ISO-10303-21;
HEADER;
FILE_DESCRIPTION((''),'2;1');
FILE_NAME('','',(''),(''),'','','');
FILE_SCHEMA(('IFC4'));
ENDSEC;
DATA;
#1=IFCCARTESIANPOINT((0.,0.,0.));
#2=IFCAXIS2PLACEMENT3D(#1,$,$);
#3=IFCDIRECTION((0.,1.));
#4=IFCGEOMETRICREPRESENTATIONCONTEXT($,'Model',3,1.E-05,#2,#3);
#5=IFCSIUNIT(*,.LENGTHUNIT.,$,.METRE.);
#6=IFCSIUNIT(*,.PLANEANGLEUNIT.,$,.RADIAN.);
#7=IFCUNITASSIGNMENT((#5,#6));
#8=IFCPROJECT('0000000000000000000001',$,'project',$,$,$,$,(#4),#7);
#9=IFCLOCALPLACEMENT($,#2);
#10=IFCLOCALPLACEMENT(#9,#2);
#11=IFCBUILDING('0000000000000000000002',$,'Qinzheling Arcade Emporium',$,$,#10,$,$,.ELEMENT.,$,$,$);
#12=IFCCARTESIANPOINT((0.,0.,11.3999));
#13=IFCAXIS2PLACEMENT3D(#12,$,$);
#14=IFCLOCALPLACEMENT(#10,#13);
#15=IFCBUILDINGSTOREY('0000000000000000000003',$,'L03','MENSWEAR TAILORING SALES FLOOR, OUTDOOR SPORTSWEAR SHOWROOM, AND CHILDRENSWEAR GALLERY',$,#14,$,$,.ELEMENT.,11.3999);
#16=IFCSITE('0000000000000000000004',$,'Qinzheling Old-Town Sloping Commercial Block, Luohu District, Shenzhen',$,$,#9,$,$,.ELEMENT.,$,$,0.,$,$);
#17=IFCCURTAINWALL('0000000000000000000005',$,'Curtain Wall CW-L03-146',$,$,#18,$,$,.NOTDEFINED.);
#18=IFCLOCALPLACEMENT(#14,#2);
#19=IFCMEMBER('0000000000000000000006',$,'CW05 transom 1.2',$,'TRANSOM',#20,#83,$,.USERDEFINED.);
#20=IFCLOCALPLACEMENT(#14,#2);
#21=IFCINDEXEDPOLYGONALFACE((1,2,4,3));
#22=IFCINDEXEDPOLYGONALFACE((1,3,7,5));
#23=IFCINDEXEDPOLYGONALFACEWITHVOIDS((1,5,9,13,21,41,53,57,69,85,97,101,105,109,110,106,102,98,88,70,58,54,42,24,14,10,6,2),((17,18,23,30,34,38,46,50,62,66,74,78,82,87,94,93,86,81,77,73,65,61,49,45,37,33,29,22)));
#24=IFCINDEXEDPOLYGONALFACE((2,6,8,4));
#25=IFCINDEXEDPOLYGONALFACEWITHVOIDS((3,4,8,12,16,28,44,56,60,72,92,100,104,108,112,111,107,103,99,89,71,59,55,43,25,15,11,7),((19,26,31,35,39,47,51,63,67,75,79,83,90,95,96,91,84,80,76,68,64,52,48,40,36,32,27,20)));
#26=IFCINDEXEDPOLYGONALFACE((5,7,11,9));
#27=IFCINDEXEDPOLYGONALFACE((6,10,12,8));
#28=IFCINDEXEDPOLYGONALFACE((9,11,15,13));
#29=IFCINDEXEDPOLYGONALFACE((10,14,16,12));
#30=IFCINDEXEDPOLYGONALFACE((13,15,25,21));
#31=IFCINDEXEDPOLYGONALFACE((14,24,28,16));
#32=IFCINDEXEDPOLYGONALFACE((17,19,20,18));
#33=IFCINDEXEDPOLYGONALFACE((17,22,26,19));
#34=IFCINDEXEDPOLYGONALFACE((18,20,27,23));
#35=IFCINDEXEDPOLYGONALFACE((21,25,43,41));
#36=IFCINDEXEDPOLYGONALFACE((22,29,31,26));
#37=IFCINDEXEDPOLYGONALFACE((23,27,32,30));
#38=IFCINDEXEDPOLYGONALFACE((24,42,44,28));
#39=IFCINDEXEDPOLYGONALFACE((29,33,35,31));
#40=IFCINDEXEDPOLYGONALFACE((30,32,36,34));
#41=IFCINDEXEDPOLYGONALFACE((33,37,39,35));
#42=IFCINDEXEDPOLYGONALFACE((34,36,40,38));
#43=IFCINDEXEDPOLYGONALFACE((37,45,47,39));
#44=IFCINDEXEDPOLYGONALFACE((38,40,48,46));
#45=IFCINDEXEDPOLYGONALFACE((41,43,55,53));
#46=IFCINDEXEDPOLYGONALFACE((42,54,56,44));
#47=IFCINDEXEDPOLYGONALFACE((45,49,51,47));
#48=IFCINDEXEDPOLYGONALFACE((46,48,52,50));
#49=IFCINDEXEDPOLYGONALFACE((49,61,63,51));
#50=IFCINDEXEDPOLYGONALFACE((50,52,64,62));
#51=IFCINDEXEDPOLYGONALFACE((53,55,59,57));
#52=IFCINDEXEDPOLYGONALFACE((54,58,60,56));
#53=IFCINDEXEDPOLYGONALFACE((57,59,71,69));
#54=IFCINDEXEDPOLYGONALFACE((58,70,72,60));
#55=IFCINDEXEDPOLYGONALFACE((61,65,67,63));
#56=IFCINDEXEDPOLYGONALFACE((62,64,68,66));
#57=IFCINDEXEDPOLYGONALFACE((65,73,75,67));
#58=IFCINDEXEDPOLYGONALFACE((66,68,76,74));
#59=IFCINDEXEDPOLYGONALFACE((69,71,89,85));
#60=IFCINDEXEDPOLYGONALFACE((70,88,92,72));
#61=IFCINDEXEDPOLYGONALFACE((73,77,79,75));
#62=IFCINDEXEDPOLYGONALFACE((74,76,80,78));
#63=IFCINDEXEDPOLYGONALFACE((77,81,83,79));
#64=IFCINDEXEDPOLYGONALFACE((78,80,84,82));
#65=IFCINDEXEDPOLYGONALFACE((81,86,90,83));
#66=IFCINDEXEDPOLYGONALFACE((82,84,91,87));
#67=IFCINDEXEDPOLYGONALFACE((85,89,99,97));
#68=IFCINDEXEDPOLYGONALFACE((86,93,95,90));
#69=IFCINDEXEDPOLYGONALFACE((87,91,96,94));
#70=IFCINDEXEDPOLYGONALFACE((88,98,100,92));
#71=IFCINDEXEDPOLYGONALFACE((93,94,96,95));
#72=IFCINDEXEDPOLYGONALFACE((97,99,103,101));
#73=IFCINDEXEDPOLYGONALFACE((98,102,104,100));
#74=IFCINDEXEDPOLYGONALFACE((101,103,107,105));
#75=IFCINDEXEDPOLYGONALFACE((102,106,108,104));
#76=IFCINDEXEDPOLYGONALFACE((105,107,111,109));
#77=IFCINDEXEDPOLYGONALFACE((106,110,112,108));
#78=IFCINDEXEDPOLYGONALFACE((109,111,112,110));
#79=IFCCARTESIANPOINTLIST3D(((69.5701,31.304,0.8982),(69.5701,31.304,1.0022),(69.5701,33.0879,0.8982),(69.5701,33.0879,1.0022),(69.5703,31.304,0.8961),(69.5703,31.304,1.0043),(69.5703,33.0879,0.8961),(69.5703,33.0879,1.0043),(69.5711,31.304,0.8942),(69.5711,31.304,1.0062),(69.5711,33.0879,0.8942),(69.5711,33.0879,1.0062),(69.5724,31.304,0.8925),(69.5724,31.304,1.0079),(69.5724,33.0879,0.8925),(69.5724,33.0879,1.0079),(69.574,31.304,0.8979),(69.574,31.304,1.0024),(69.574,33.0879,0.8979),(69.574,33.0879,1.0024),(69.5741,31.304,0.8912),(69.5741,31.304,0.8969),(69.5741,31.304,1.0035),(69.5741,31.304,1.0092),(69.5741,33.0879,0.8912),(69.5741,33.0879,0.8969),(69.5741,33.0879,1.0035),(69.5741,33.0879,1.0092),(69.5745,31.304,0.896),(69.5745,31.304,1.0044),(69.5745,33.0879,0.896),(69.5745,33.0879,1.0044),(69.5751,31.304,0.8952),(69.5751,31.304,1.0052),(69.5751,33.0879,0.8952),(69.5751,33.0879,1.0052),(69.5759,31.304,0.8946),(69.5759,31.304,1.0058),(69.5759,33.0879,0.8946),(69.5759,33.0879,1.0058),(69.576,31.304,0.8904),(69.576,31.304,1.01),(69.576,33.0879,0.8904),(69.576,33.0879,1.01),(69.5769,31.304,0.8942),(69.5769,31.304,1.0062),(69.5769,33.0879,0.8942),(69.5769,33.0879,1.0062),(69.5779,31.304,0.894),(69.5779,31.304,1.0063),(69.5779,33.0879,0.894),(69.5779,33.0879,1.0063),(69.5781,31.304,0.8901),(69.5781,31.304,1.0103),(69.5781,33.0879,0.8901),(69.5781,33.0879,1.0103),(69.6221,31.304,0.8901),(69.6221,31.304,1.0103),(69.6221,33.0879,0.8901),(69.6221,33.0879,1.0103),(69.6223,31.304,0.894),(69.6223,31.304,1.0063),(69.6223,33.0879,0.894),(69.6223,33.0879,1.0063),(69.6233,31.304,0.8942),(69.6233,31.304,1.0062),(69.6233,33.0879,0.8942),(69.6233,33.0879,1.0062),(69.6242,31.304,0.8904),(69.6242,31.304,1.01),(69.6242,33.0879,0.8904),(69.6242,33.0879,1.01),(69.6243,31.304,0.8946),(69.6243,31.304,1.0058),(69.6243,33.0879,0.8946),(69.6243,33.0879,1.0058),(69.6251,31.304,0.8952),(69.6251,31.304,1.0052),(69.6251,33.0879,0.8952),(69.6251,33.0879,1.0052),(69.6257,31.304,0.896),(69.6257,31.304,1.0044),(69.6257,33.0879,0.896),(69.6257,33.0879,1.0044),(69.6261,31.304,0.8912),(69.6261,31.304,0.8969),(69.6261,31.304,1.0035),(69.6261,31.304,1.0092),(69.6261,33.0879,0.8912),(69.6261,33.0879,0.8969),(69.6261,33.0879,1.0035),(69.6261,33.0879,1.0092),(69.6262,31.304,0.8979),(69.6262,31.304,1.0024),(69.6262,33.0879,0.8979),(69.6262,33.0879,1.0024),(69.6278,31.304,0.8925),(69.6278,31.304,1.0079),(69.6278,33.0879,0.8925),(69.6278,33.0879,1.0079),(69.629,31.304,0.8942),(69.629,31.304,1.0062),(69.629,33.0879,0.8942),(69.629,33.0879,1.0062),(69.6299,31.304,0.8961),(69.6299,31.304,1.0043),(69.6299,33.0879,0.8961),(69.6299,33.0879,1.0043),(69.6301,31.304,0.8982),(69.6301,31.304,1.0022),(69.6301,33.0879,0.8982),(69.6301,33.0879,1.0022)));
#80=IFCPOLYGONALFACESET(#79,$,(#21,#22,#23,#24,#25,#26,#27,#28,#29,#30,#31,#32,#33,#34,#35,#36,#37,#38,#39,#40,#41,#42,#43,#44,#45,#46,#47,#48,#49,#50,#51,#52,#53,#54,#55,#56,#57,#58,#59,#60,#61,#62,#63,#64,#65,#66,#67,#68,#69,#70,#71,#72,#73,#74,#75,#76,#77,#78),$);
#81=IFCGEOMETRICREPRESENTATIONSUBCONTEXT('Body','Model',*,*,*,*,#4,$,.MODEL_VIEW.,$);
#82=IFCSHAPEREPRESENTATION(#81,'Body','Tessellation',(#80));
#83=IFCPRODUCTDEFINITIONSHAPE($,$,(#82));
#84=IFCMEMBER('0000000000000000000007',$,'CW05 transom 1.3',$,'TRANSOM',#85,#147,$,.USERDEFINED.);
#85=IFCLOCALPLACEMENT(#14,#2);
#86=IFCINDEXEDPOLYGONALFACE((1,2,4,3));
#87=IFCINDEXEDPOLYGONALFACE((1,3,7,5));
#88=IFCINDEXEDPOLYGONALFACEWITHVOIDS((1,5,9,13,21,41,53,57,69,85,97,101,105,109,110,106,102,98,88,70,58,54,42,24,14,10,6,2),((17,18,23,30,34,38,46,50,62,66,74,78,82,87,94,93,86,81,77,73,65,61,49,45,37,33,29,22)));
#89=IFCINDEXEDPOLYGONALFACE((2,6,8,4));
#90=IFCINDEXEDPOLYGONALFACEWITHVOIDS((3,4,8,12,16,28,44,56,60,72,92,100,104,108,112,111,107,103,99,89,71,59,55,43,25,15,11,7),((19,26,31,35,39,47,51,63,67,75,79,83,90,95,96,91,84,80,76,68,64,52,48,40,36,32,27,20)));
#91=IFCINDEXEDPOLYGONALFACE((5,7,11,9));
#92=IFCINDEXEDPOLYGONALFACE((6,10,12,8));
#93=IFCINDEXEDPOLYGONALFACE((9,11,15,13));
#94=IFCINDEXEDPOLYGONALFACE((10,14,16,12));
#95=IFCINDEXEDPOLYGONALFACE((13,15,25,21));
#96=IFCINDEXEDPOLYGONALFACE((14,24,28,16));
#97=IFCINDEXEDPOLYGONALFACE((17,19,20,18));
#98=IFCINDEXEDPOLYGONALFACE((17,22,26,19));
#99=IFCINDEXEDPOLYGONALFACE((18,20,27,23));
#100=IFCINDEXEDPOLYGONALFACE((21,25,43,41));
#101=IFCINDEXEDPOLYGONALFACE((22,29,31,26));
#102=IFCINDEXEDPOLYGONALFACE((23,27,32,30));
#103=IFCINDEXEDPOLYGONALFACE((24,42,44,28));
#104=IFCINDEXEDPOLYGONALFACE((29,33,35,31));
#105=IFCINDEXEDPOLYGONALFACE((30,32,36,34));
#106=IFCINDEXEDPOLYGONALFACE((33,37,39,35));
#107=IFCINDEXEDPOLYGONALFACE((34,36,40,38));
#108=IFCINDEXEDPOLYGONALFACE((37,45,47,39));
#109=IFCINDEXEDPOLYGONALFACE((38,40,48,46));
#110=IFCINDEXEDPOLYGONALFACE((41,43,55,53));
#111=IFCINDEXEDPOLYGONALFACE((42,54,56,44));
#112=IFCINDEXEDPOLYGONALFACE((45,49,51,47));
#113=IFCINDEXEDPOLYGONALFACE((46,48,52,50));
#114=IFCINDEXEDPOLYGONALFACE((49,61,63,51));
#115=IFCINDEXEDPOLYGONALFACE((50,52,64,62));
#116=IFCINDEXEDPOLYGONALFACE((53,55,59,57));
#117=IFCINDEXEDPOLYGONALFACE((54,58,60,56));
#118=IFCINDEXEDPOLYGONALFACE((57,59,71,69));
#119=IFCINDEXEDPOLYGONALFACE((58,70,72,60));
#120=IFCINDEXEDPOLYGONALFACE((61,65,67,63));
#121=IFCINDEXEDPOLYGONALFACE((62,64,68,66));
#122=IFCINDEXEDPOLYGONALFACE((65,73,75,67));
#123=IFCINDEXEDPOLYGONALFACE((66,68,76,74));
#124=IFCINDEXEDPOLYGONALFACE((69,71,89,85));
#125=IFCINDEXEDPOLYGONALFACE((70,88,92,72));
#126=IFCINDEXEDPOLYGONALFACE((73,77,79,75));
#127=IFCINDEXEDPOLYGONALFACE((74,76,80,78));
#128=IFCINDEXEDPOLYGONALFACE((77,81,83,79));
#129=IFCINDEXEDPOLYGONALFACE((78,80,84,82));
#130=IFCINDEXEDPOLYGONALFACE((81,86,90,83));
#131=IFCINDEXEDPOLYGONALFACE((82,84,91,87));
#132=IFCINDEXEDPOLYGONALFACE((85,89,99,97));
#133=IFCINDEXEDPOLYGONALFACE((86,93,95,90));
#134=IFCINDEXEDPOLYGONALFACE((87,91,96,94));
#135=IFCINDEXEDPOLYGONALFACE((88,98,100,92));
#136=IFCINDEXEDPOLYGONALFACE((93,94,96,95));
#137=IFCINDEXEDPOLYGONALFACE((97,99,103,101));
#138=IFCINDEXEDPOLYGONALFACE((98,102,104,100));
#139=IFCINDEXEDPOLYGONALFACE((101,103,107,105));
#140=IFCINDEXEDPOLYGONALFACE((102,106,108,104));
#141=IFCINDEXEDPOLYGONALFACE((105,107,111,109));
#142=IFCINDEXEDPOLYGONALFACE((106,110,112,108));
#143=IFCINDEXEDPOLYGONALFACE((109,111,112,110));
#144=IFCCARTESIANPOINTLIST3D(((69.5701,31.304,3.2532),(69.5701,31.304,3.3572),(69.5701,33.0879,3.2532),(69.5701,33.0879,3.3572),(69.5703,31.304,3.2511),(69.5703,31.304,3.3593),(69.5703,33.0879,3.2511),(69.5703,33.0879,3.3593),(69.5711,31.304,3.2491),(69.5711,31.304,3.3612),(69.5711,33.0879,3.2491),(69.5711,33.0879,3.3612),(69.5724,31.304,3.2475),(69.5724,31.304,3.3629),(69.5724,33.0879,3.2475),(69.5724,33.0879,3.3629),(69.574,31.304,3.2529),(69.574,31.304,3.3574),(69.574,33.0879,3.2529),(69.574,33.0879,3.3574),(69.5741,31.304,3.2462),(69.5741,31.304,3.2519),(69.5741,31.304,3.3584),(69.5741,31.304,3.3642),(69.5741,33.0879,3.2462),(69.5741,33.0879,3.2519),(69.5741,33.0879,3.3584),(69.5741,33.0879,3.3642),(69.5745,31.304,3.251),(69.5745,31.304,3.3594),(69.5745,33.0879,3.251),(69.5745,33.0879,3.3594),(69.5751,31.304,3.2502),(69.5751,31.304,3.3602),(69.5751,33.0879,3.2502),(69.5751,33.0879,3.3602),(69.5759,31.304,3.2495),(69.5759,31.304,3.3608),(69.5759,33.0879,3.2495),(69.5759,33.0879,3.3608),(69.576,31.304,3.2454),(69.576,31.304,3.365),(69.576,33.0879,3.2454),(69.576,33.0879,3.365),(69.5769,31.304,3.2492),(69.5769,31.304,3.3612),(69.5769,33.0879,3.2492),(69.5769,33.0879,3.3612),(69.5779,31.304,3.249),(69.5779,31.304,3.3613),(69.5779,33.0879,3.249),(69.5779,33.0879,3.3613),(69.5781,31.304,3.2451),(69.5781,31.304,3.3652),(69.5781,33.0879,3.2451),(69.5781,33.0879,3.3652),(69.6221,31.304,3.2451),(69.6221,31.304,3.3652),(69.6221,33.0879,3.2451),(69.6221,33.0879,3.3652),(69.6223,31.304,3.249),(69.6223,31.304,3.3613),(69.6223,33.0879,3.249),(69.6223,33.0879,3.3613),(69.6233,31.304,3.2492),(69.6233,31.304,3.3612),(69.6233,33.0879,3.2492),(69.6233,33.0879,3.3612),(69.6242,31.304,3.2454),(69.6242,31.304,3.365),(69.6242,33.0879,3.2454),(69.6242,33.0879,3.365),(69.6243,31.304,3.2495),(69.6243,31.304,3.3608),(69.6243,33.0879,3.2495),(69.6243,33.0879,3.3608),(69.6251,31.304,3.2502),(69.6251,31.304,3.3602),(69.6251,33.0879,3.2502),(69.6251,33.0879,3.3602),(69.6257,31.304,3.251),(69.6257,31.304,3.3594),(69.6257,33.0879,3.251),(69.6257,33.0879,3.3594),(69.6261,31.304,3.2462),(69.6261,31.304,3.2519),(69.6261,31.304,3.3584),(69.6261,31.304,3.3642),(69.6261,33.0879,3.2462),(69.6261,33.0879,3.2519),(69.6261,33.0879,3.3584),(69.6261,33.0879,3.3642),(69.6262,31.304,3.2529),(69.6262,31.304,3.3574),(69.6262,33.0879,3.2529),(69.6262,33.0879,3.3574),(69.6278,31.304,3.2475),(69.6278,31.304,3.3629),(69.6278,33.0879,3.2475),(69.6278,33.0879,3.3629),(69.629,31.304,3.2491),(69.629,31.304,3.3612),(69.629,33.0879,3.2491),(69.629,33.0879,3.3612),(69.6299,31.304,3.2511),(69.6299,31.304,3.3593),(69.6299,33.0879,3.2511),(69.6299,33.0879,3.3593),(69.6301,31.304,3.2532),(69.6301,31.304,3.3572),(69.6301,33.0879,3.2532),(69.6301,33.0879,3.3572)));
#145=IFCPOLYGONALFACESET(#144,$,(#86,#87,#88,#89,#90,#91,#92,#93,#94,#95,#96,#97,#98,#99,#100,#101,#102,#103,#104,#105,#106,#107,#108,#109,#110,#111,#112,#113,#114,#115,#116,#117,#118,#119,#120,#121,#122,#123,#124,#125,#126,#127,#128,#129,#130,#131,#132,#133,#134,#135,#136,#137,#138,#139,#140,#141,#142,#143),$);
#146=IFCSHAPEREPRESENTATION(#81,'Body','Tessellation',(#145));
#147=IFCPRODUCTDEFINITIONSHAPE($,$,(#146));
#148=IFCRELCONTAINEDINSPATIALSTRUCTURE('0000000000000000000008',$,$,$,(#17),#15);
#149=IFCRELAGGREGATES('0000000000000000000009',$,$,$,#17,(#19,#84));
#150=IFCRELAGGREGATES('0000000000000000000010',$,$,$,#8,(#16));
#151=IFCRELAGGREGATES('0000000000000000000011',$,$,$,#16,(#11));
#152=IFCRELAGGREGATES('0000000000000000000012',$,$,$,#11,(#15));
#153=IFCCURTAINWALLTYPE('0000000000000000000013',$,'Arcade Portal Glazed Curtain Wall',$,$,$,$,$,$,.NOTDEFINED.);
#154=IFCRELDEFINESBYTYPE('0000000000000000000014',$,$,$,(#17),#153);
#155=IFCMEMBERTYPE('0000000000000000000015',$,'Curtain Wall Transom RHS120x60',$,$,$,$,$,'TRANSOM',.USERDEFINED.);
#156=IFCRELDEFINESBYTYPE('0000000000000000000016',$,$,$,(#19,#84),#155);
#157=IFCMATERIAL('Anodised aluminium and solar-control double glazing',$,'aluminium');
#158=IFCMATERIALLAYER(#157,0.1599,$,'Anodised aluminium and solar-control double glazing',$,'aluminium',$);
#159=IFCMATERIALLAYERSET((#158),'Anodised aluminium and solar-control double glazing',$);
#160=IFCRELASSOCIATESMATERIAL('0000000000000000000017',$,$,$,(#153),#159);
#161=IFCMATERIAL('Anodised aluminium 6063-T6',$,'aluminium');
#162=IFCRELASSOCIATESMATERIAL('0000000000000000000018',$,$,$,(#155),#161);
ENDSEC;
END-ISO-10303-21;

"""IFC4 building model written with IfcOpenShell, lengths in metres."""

from ifc_helpers import new_model, si_unit, direction, frame, origin, origin_2d, place, context, subcontext, project, spatial, hollow_rectangle, extrude, material, layer, layer_set, material_profile, profile_set, type_object, element, aggregate, save


model = new_model("IFC4")

# Units and contexts
model_context = context("Model", 3, precision=1e-05, world=origin(), true_north=direction((0.0, 1.0)))
body_context = subcontext(model_context, "Body", "Model", "MODEL_VIEW")
ifc_project = project(units=[si_unit("LENGTHUNIT", "METRE"), si_unit("PLANEANGLEUNIT", "RADIAN")], contexts=[model_context])

# Site, building, storey
site_placement = place(None, origin())
site = spatial("IfcSite", under=ifc_project, at=site_placement, Name="Qinzheling Old-Town Sloping Commercial Block, Luohu District, Shenzhen", CompositionType="ELEMENT", RefElevation=0.0)
building_placement = place(site_placement, origin())
building = spatial("IfcBuilding", under=site, at=building_placement, Name="Qinzheling Arcade Emporium", CompositionType="ELEMENT")
storey_placement = place(building_placement, frame((0.0, 0.0, 11.3999)))
storey = spatial("IfcBuildingStorey", under=building, at=storey_placement, Name="L03", Description="MENSWEAR TAILORING SALES FLOOR, OUTDOOR SPORTSWEAR SHOWROOM, AND CHILDRENSWEAR GALLERY", CompositionType="ELEMENT", Elevation=11.3999)

# Shared definitions
ifc_material_1 = material(Name="Anodised aluminium and solar-control double glazing", Category="aluminium")
ifc_layer_1 = layer(ifc_material_1, 0.1599, Name="Anodised aluminium and solar-control double glazing", Category="aluminium")
ifc_layer_set_1 = layer_set([ifc_layer_1], Name="Anodised aluminium and solar-control double glazing")
curtain_wall_type = type_object("IfcCurtainWallType", Name="Arcade Portal Glazed Curtain Wall", PredefinedType="NOTDEFINED", material=ifc_layer_set_1)
ifc_material_2 = material(Name="Anodised aluminium 6063-T6", Category="aluminium")

# Curtain wall, members
curtain_wall_1_placement = place(storey_placement, origin())
curtain_wall_1 = element("IfcCurtainWall", 1, at=curtain_wall_1_placement, inside=storey, type_object=curtain_wall_type, Name="Curtain Wall CW-L03-146", PredefinedType="NOTDEFINED")
ifc_material_profile_1 = material_profile(ifc_material_2, hollow_rectangle(XDim=0.0601, YDim=0.1201, WallThickness=0.0039, InnerFilletRadius=0.0039, OuterFilletRadius=0.0081, at=origin_2d()), Name="RHS 120x60x4", Category="aluminium")
ifc_profile_set_1 = profile_set([ifc_material_profile_1], Name="Anodised aluminium 6063-T6")
member_type_1 = type_object("IfcMemberType", Name="Curtain Wall Transom RHS120x60", ElementType="TRANSOM", PredefinedType="USERDEFINED", material=ifc_profile_set_1)
member_1_placement = place(storey_placement, frame((69.6001, 33.0879, 0.9502), z_axis=(0.0, -1.0, 0.0), x_axis=(1.0, 0.0, 0.0)))
member_1 = element("IfcMember", 2, at=member_1_placement, type_object=member_type_1, Name="CW05 transom 1.2", ObjectType="TRANSOM", PredefinedType="USERDEFINED", context=body_context, shape_type="SweptSolid", body=[
    extrude(hollow_rectangle(XDim=0.0601, YDim=0.1201, WallThickness=0.0039, InnerFilletRadius=0.0039, OuterFilletRadius=0.0081, at=origin_2d()), origin(), (0.0, 0.0, 1.0), 1.7839),
])
member_2_placement = place(storey_placement, frame((69.6001, 33.0879, 3.3052), z_axis=(0.0, -1.0, 0.0), x_axis=(1.0, 0.0, 0.0)))
member_2 = element("IfcMember", 3, at=member_2_placement, type_object=member_type_1, Name="CW05 transom 1.3", ObjectType="TRANSOM", PredefinedType="USERDEFINED", context=body_context, shape_type="SweptSolid", body=[
    extrude(hollow_rectangle(XDim=0.0601, YDim=0.1201, WallThickness=0.0039, InnerFilletRadius=0.0039, OuterFilletRadius=0.0081, at=origin_2d()), origin(), (0.0, 0.0, 1.0), 1.7839),
])

aggregate(curtain_wall_1, [member_1, member_2])

save(model, "model.ifc")
